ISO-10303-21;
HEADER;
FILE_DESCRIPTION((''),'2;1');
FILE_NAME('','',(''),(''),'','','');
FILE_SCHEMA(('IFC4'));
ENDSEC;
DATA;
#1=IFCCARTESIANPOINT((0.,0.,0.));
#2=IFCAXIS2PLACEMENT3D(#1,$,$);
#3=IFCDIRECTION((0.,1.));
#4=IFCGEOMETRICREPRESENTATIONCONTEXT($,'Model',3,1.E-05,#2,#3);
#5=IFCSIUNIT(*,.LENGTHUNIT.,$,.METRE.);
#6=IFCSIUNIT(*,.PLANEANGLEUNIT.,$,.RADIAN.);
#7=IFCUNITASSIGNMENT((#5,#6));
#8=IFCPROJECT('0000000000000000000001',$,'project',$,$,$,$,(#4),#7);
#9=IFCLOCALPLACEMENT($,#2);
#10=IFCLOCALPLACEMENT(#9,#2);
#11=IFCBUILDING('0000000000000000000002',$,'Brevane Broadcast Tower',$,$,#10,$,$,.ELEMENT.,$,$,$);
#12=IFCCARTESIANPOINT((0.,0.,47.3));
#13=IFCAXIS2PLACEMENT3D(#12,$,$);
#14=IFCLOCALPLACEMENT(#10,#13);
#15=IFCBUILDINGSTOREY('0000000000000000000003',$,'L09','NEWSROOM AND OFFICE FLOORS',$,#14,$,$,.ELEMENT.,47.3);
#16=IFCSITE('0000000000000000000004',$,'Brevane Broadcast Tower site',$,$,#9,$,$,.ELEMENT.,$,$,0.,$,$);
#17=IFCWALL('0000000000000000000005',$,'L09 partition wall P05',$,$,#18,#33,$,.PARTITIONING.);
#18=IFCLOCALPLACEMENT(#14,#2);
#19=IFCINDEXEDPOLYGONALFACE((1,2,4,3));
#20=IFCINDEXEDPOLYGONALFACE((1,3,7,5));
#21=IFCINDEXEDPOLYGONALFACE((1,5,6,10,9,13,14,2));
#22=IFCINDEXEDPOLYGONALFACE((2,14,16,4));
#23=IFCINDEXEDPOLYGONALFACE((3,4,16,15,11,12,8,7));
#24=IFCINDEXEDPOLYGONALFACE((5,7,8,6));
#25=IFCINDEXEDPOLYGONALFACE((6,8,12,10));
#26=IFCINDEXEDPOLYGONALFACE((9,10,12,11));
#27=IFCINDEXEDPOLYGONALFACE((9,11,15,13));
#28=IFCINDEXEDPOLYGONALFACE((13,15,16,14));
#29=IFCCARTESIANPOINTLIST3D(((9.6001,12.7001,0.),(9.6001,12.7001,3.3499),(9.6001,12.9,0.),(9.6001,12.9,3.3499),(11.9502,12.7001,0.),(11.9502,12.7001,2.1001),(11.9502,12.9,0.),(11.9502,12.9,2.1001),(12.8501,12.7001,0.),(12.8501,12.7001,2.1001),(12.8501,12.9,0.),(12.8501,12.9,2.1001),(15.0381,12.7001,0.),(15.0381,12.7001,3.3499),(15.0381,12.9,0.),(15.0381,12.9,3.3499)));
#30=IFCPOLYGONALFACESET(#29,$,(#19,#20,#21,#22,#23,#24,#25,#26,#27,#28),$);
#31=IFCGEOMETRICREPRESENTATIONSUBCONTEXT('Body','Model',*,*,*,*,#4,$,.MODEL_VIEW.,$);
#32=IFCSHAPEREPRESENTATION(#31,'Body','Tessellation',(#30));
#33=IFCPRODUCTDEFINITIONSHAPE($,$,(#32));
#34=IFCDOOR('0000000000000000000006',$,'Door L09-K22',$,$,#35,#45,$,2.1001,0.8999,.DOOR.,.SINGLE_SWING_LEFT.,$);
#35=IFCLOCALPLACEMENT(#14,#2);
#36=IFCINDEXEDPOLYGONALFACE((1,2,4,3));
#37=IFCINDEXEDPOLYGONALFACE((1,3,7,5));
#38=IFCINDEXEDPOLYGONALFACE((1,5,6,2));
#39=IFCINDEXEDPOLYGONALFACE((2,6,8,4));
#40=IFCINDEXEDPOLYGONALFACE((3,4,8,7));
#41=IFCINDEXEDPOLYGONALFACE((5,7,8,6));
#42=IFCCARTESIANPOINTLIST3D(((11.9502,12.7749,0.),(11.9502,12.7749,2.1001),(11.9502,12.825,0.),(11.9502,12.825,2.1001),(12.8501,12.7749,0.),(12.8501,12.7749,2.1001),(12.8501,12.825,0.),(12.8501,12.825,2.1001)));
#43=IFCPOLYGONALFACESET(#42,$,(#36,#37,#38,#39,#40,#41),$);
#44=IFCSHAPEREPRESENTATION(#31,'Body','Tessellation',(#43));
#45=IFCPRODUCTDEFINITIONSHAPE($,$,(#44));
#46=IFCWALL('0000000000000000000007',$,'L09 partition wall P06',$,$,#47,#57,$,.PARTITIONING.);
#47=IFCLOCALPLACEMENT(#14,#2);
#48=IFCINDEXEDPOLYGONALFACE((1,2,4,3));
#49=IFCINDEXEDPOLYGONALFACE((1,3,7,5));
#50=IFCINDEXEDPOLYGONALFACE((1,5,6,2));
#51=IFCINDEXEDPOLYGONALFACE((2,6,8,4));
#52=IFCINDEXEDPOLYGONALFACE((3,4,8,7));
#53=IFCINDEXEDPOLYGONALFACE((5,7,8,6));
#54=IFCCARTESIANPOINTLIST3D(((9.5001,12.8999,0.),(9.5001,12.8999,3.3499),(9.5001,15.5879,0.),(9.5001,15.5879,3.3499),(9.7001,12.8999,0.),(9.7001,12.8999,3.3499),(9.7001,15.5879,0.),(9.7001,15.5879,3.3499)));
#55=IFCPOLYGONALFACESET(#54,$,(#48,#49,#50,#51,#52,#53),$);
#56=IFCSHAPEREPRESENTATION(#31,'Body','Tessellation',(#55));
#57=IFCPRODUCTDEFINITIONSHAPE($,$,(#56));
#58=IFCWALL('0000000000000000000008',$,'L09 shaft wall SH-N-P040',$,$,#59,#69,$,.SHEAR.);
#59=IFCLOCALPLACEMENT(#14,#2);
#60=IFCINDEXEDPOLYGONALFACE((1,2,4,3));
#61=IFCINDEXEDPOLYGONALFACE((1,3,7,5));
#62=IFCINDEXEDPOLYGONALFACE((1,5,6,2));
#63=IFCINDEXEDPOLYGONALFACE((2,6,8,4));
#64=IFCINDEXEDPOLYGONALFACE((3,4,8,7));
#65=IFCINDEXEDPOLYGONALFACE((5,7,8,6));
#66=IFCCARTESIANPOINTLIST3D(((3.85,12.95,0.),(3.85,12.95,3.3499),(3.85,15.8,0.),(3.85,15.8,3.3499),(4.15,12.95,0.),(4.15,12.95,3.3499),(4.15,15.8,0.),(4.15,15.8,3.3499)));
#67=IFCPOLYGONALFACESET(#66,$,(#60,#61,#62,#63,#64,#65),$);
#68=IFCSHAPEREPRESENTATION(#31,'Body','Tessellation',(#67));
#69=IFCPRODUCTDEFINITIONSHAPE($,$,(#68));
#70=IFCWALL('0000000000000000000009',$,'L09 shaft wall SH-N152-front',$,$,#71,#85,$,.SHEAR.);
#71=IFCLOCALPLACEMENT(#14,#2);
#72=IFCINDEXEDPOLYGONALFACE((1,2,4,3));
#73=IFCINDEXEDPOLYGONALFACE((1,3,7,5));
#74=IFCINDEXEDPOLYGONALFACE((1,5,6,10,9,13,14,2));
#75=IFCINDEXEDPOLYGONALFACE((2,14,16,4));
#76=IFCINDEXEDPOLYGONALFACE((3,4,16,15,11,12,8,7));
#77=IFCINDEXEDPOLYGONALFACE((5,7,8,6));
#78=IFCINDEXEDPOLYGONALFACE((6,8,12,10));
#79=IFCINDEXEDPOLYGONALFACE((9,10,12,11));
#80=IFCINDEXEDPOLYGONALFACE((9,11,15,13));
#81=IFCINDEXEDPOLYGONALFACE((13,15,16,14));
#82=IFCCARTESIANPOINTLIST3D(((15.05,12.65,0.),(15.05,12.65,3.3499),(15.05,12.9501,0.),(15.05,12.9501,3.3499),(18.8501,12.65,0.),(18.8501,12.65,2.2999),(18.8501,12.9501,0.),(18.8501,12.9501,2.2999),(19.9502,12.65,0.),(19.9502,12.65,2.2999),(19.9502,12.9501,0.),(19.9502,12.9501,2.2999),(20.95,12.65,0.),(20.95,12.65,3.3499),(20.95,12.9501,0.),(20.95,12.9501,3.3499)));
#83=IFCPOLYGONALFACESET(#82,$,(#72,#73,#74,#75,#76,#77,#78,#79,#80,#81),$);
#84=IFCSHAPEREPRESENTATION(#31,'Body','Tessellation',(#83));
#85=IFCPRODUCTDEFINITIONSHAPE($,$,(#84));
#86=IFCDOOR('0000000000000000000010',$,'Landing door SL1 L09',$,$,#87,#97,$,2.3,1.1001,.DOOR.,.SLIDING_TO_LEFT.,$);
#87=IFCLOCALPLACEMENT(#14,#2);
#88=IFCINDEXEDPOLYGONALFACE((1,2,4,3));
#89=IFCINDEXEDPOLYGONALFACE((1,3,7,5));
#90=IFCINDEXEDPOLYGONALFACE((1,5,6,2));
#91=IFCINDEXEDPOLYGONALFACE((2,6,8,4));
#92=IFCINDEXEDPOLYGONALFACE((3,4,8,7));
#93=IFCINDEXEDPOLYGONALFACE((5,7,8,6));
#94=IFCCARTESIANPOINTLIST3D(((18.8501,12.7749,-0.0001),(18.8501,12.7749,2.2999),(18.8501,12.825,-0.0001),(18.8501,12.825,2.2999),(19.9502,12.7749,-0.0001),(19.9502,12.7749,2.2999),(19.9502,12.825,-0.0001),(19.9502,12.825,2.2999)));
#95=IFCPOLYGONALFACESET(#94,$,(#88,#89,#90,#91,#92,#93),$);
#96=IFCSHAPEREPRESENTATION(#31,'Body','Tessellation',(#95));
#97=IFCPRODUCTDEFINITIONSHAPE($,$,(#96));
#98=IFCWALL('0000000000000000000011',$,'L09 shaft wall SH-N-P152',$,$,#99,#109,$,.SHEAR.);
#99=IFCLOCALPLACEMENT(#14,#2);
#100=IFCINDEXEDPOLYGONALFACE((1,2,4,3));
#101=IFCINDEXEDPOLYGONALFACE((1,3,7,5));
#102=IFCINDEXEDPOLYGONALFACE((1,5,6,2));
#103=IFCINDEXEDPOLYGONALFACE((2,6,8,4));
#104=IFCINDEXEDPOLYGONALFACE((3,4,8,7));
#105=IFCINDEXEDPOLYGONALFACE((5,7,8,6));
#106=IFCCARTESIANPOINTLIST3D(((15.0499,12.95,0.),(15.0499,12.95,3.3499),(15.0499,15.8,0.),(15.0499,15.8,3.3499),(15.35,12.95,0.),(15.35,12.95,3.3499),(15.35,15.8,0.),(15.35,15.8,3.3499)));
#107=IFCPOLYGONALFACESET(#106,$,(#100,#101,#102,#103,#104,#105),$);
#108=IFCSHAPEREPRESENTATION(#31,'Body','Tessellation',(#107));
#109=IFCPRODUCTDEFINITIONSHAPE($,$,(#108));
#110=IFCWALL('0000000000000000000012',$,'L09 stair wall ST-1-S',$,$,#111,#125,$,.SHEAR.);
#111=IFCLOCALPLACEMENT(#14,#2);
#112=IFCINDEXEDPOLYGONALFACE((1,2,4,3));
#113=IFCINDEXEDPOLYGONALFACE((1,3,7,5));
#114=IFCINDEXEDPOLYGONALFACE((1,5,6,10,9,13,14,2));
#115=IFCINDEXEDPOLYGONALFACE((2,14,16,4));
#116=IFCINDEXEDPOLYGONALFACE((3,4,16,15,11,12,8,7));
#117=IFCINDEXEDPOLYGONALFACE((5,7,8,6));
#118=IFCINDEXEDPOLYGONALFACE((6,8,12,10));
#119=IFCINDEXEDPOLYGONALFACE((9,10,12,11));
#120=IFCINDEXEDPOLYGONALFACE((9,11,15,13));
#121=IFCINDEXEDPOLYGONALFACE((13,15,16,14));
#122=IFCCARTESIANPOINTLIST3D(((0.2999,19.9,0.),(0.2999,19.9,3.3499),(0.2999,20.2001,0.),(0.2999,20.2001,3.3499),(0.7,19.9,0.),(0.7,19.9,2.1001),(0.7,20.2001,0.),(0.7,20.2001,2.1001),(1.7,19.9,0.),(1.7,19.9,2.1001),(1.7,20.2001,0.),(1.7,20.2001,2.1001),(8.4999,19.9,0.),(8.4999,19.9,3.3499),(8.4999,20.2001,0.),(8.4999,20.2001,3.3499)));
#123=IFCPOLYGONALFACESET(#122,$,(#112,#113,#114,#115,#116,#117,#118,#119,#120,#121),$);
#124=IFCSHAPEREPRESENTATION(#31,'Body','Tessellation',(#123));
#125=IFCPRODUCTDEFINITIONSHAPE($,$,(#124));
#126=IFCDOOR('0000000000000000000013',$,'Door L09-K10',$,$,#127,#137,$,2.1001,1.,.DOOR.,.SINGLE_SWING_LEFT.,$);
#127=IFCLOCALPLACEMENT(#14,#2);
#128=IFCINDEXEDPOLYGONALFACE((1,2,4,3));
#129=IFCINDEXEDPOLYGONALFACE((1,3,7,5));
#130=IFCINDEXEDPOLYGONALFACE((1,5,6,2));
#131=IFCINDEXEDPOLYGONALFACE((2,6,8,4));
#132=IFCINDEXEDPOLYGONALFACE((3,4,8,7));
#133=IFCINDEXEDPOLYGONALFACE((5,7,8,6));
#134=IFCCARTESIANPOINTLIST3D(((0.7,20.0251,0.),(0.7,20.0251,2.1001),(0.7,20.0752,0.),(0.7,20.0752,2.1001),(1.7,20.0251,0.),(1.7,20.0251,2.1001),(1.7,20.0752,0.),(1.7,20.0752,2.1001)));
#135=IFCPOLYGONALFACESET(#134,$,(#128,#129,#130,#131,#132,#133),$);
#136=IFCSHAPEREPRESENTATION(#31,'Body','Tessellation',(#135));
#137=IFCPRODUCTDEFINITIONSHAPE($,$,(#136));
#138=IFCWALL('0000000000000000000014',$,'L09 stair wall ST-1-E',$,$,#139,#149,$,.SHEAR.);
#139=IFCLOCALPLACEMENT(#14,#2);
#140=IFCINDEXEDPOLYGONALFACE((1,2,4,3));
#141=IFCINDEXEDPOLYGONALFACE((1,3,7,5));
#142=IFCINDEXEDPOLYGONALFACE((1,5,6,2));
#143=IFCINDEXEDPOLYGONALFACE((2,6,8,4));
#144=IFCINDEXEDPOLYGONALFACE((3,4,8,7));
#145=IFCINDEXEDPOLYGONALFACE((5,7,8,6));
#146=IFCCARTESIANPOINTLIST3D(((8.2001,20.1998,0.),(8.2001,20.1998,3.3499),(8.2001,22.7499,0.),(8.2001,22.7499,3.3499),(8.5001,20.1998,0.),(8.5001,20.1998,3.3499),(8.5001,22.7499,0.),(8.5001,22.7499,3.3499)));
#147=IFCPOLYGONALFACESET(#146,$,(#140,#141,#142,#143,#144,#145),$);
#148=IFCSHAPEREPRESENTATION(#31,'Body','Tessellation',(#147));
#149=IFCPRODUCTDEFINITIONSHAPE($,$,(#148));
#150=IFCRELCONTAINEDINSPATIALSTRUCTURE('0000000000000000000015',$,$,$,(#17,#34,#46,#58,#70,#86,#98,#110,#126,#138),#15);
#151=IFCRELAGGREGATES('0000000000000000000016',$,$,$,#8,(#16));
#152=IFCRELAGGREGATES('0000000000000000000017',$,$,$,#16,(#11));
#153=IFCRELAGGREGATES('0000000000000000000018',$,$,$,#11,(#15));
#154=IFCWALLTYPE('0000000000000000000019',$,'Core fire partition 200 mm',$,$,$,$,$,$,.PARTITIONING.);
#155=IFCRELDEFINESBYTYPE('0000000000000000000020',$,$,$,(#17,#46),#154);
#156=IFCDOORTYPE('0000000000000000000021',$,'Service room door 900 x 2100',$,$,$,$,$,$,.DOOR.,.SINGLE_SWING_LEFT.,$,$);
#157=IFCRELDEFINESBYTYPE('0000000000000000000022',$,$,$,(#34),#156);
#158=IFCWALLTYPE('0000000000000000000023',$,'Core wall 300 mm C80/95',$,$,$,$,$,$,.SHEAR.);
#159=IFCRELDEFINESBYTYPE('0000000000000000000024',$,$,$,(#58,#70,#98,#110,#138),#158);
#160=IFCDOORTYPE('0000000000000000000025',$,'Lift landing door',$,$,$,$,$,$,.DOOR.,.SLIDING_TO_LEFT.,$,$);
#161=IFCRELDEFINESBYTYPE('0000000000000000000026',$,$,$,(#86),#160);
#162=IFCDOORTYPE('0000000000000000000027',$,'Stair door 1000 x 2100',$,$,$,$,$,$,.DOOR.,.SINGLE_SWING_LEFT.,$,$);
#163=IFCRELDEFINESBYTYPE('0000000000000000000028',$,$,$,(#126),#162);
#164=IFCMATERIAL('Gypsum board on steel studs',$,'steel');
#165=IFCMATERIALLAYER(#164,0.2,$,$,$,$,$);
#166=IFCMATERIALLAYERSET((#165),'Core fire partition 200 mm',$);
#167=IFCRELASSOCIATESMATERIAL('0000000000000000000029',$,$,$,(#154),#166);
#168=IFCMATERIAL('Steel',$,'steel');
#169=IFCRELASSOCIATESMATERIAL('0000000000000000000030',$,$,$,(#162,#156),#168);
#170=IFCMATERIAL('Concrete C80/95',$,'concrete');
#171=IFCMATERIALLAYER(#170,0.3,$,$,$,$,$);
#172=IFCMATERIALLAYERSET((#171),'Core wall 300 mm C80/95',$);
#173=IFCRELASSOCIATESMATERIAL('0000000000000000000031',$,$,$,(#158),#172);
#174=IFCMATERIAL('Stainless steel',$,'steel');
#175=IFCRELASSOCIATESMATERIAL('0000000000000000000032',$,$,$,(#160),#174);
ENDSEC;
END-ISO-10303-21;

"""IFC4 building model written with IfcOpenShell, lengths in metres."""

from ifc_helpers import new_model, si_unit, direction, frame, frame_2d, origin, place, context, subcontext, project, spatial, rectangle, extrude, material, layer, layer_set, type_object, element, fill, save


model = new_model("IFC4")

# Units and contexts
model_context = context("Model", 3, precision=1e-05, world=origin(), true_north=direction((0.0, 1.0)))
body_context = subcontext(model_context, "Body", "Model", "MODEL_VIEW")
ifc_project = project(units=[si_unit("LENGTHUNIT", "METRE"), si_unit("PLANEANGLEUNIT", "RADIAN")], contexts=[model_context])

# Site, building, storey
site_placement = place(None, origin())
site = spatial("IfcSite", under=ifc_project, at=site_placement, Name="Brevane Broadcast Tower site", CompositionType="ELEMENT", RefElevation=0.0)
building_placement = place(site_placement, origin())
building = spatial("IfcBuilding", under=site, at=building_placement, Name="Brevane Broadcast Tower", CompositionType="ELEMENT")
storey_placement = place(building_placement, frame((0.0, 0.0, 47.3)))
storey = spatial("IfcBuildingStorey", under=building, at=storey_placement, Name="L09", Description="NEWSROOM AND OFFICE FLOORS", CompositionType="ELEMENT", Elevation=47.3)

# Shared definitions
ifc_material_1 = material(Name="Gypsum board on steel studs", Category="steel")
ifc_material_2 = material(Name="Steel", Category="steel")

# Wall, opening, door
ifc_layer_1 = layer(ifc_material_1, 0.2)
ifc_layer_set_1 = layer_set([ifc_layer_1], Name="Core fire partition 200 mm")
wall_type_1 = type_object("IfcWallType", Name="Core fire partition 200 mm", PredefinedType="PARTITIONING", material=ifc_layer_set_1)
door_type_1 = type_object("IfcDoorType", Name="Stair door 1000 x 2100", OperationType="SINGLE_SWING_LEFT", PredefinedType="DOOR", material=ifc_material_2)
door_type_2 = type_object("IfcDoorType", Name="Service room door 900 x 2100", OperationType="SINGLE_SWING_LEFT", PredefinedType="DOOR", material=ifc_material_2)
wall_1_placement = place(storey_placement, frame((9.6001, 12.8, 0.0), z_axis=(0.0, 0.0, 1.0), x_axis=(1.0, 0.0, 0.0)))
wall_1 = element("IfcWall", 1, at=wall_1_placement, inside=storey, type_object=wall_type_1, Name="L09 partition wall P05", PredefinedType="PARTITIONING", context=body_context, shape_type="SweptSolid", body=[
    extrude(rectangle(XDim=5.438, YDim=0.2, at=frame_2d((2.719, 0.0))), origin(), (0.0, 0.0, 1.0), 3.3499),
])
opening_1_placement = place(wall_1_placement, frame((2.3501, 0.0, 0.0)))
opening_1 = element("IfcOpeningElement", 2, at=opening_1_placement, cuts=wall_1, PredefinedType="OPENING", context=body_context, shape_type="SweptSolid", body=[
    extrude(rectangle(XDim=0.8999, YDim=2.1001, at=frame_2d((0.45, 1.05))), frame((0.0, 0.1099, 0.0), z_axis=(0.0, -1.0, 0.0), x_axis=(1.0, 0.0, 0.0)), (0.0, 0.0, 1.0), 0.22),
])
door_1_placement = place(opening_1_placement, origin())
door_1 = element("IfcDoor", 3, at=door_1_placement, inside=storey, type_object=door_type_2, Name="Door L09-K22", OperationType="SINGLE_SWING_LEFT", OverallHeight=2.1001, OverallWidth=0.8999, PredefinedType="DOOR", context=body_context, shape_type="SweptSolid", body=[
    extrude(rectangle(XDim=0.8999, YDim=2.1001, at=frame_2d((0.45, 1.05))), frame((0.0, 0.0249, 0.0), z_axis=(0.0, -1.0, 0.0), x_axis=(1.0, 0.0, 0.0)), (0.0, 0.0, 1.0), 0.05),
])
fill(opening_1, door_1)

# Walls
wall_2_placement = place(storey_placement, frame((9.6001, 15.5879, 0.0), z_axis=(0.0, 0.0, 1.0), x_axis=(0.0, -1.0, 0.0)))
element("IfcWall", 4, at=wall_2_placement, inside=storey, type_object=wall_type_1, Name="L09 partition wall P06", PredefinedType="PARTITIONING", context=body_context, shape_type="SweptSolid", body=[
    extrude(rectangle(XDim=2.688, YDim=0.2, at=frame_2d((1.344, 0.0))), origin(), (0.0, 0.0, 1.0), 3.3499),
])
ifc_material_3 = material(Name="Concrete C80/95", Category="concrete")
ifc_layer_2 = layer(ifc_material_3, 0.3)
ifc_layer_set_2 = layer_set([ifc_layer_2], Name="Core wall 300 mm C80/95")
wall_type_2 = type_object("IfcWallType", Name="Core wall 300 mm C80/95", PredefinedType="SHEAR", material=ifc_layer_set_2)
wall_3_placement = place(storey_placement, frame((4.0, 12.95, 0.0), z_axis=(0.0, 0.0, 1.0), x_axis=(0.0, 1.0, 0.0)))
element("IfcWall", 5, at=wall_3_placement, inside=storey, type_object=wall_type_2, Name="L09 shaft wall SH-N-P040", PredefinedType="SHEAR", context=body_context, shape_type="SweptSolid", body=[
    extrude(rectangle(XDim=2.8501, YDim=0.3, at=frame_2d((1.425, 0.0))), origin(), (0.0, 0.0, 1.0), 3.3499),
])

# Wall, opening, door
wall_4_placement = place(storey_placement, frame((15.05, 12.8, 0.0), z_axis=(0.0, 0.0, 1.0), x_axis=(1.0, 0.0, 0.0)))
wall_4 = element("IfcWall", 6, at=wall_4_placement, inside=storey, type_object=wall_type_2, Name="L09 shaft wall SH-N152-front", PredefinedType="SHEAR", context=body_context, shape_type="SweptSolid", body=[
    extrude(rectangle(XDim=5.8999, YDim=0.3, at=frame_2d((2.95, 0.0))), origin(), (0.0, 0.0, 1.0), 3.3499),
])
opening_2_placement = place(wall_4_placement, frame((3.8, 0.0, 0.0)))
opening_2 = element("IfcOpeningElement", 7, at=opening_2_placement, cuts=wall_4, PredefinedType="OPENING", context=body_context, shape_type="SweptSolid", body=[
    extrude(rectangle(XDim=1.1001, YDim=2.3, at=frame_2d((0.55, 1.1499))), frame((0.0, 0.1599, 0.0), z_axis=(0.0, -1.0, 0.0), x_axis=(1.0, 0.0, 0.0)), (0.0, 0.0, 1.0), 0.3201),
])
ifc_material_4 = material(Name="Stainless steel", Category="steel")
door_type_3 = type_object("IfcDoorType", Name="Lift landing door", OperationType="SLIDING_TO_LEFT", PredefinedType="DOOR", material=ifc_material_4)
door_2_placement = place(opening_2_placement, origin())
door_2 = element("IfcDoor", 8, at=door_2_placement, inside=storey, type_object=door_type_3, Name="Landing door SL1 L09", OperationType="SLIDING_TO_LEFT", OverallHeight=2.3, OverallWidth=1.1001, PredefinedType="DOOR", context=body_context, shape_type="SweptSolid", body=[
    extrude(rectangle(XDim=1.1001, YDim=2.3, at=frame_2d((0.55, 1.1499))), frame((0.0, 0.0249, 0.0), z_axis=(0.0, -1.0, 0.0), x_axis=(1.0, 0.0, 0.0)), (0.0, 0.0, 1.0), 0.05),
])
fill(opening_2, door_2)

# Wall
wall_5_placement = place(storey_placement, frame((15.2, 12.95, 0.0), z_axis=(0.0, 0.0, 1.0), x_axis=(0.0, 1.0, 0.0)))
element("IfcWall", 9, at=wall_5_placement, inside=storey, type_object=wall_type_2, Name="L09 shaft wall SH-N-P152", PredefinedType="SHEAR", context=body_context, shape_type="SweptSolid", body=[
    extrude(rectangle(XDim=2.8501, YDim=0.3, at=frame_2d((1.425, 0.0))), origin(), (0.0, 0.0, 1.0), 3.3499),
])

# Wall, opening, door
wall_6_placement = place(storey_placement, frame((8.5, 20.05, 0.0), z_axis=(0.0, 0.0, 1.0), x_axis=(-1.0, 0.0, 0.0)))
wall_6 = element("IfcWall", 10, at=wall_6_placement, inside=storey, type_object=wall_type_2, Name="L09 stair wall ST-1-S", PredefinedType="SHEAR", context=body_context, shape_type="SweptSolid", body=[
    extrude(rectangle(XDim=8.2, YDim=0.3, at=frame_2d((4.1001, 0.0))), origin(), (0.0, 0.0, 1.0), 3.3499),
])
opening_3_placement = place(wall_6_placement, frame((6.8, 0.0, 0.0)))
opening_3 = element("IfcOpeningElement", 11, at=opening_3_placement, cuts=wall_6, PredefinedType="OPENING", context=body_context, shape_type="SweptSolid", body=[
    extrude(rectangle(XDim=1.0, YDim=2.1001, at=frame_2d((0.5, 1.05))), frame((0.0, 0.1599, 0.0), z_axis=(0.0, -1.0, 0.0), x_axis=(1.0, 0.0, 0.0)), (0.0, 0.0, 1.0), 0.3201),
])
door_3_placement = place(opening_3_placement, origin())
door_3 = element("IfcDoor", 12, at=door_3_placement, inside=storey, type_object=door_type_1, Name="Door L09-K10", OperationType="SINGLE_SWING_LEFT", OverallHeight=2.1001, OverallWidth=1.0, PredefinedType="DOOR", context=body_context, shape_type="SweptSolid", body=[
    extrude(rectangle(XDim=1.0, YDim=2.1001, at=frame_2d((0.5, 1.05))), frame((0.0, 0.0249, 0.0), z_axis=(0.0, -1.0, 0.0), x_axis=(1.0, 0.0, 0.0)), (0.0, 0.0, 1.0), 0.05),
])
fill(opening_3, door_3)

# Wall
wall_7_placement = place(storey_placement, frame((8.3501, 20.2, 0.0), z_axis=(0.0, 0.0, 1.0), x_axis=(0.0, 1.0, 0.0)))
element("IfcWall", 13, at=wall_7_placement, inside=storey, type_object=wall_type_2, Name="L09 stair wall ST-1-E", PredefinedType="SHEAR", context=body_context, shape_type="SweptSolid", body=[
    extrude(rectangle(XDim=2.55, YDim=0.3, at=frame_2d((1.2749, 0.0))), origin(), (0.0, 0.0, 1.0), 3.3499),
])

save(model, "model.ifc")
